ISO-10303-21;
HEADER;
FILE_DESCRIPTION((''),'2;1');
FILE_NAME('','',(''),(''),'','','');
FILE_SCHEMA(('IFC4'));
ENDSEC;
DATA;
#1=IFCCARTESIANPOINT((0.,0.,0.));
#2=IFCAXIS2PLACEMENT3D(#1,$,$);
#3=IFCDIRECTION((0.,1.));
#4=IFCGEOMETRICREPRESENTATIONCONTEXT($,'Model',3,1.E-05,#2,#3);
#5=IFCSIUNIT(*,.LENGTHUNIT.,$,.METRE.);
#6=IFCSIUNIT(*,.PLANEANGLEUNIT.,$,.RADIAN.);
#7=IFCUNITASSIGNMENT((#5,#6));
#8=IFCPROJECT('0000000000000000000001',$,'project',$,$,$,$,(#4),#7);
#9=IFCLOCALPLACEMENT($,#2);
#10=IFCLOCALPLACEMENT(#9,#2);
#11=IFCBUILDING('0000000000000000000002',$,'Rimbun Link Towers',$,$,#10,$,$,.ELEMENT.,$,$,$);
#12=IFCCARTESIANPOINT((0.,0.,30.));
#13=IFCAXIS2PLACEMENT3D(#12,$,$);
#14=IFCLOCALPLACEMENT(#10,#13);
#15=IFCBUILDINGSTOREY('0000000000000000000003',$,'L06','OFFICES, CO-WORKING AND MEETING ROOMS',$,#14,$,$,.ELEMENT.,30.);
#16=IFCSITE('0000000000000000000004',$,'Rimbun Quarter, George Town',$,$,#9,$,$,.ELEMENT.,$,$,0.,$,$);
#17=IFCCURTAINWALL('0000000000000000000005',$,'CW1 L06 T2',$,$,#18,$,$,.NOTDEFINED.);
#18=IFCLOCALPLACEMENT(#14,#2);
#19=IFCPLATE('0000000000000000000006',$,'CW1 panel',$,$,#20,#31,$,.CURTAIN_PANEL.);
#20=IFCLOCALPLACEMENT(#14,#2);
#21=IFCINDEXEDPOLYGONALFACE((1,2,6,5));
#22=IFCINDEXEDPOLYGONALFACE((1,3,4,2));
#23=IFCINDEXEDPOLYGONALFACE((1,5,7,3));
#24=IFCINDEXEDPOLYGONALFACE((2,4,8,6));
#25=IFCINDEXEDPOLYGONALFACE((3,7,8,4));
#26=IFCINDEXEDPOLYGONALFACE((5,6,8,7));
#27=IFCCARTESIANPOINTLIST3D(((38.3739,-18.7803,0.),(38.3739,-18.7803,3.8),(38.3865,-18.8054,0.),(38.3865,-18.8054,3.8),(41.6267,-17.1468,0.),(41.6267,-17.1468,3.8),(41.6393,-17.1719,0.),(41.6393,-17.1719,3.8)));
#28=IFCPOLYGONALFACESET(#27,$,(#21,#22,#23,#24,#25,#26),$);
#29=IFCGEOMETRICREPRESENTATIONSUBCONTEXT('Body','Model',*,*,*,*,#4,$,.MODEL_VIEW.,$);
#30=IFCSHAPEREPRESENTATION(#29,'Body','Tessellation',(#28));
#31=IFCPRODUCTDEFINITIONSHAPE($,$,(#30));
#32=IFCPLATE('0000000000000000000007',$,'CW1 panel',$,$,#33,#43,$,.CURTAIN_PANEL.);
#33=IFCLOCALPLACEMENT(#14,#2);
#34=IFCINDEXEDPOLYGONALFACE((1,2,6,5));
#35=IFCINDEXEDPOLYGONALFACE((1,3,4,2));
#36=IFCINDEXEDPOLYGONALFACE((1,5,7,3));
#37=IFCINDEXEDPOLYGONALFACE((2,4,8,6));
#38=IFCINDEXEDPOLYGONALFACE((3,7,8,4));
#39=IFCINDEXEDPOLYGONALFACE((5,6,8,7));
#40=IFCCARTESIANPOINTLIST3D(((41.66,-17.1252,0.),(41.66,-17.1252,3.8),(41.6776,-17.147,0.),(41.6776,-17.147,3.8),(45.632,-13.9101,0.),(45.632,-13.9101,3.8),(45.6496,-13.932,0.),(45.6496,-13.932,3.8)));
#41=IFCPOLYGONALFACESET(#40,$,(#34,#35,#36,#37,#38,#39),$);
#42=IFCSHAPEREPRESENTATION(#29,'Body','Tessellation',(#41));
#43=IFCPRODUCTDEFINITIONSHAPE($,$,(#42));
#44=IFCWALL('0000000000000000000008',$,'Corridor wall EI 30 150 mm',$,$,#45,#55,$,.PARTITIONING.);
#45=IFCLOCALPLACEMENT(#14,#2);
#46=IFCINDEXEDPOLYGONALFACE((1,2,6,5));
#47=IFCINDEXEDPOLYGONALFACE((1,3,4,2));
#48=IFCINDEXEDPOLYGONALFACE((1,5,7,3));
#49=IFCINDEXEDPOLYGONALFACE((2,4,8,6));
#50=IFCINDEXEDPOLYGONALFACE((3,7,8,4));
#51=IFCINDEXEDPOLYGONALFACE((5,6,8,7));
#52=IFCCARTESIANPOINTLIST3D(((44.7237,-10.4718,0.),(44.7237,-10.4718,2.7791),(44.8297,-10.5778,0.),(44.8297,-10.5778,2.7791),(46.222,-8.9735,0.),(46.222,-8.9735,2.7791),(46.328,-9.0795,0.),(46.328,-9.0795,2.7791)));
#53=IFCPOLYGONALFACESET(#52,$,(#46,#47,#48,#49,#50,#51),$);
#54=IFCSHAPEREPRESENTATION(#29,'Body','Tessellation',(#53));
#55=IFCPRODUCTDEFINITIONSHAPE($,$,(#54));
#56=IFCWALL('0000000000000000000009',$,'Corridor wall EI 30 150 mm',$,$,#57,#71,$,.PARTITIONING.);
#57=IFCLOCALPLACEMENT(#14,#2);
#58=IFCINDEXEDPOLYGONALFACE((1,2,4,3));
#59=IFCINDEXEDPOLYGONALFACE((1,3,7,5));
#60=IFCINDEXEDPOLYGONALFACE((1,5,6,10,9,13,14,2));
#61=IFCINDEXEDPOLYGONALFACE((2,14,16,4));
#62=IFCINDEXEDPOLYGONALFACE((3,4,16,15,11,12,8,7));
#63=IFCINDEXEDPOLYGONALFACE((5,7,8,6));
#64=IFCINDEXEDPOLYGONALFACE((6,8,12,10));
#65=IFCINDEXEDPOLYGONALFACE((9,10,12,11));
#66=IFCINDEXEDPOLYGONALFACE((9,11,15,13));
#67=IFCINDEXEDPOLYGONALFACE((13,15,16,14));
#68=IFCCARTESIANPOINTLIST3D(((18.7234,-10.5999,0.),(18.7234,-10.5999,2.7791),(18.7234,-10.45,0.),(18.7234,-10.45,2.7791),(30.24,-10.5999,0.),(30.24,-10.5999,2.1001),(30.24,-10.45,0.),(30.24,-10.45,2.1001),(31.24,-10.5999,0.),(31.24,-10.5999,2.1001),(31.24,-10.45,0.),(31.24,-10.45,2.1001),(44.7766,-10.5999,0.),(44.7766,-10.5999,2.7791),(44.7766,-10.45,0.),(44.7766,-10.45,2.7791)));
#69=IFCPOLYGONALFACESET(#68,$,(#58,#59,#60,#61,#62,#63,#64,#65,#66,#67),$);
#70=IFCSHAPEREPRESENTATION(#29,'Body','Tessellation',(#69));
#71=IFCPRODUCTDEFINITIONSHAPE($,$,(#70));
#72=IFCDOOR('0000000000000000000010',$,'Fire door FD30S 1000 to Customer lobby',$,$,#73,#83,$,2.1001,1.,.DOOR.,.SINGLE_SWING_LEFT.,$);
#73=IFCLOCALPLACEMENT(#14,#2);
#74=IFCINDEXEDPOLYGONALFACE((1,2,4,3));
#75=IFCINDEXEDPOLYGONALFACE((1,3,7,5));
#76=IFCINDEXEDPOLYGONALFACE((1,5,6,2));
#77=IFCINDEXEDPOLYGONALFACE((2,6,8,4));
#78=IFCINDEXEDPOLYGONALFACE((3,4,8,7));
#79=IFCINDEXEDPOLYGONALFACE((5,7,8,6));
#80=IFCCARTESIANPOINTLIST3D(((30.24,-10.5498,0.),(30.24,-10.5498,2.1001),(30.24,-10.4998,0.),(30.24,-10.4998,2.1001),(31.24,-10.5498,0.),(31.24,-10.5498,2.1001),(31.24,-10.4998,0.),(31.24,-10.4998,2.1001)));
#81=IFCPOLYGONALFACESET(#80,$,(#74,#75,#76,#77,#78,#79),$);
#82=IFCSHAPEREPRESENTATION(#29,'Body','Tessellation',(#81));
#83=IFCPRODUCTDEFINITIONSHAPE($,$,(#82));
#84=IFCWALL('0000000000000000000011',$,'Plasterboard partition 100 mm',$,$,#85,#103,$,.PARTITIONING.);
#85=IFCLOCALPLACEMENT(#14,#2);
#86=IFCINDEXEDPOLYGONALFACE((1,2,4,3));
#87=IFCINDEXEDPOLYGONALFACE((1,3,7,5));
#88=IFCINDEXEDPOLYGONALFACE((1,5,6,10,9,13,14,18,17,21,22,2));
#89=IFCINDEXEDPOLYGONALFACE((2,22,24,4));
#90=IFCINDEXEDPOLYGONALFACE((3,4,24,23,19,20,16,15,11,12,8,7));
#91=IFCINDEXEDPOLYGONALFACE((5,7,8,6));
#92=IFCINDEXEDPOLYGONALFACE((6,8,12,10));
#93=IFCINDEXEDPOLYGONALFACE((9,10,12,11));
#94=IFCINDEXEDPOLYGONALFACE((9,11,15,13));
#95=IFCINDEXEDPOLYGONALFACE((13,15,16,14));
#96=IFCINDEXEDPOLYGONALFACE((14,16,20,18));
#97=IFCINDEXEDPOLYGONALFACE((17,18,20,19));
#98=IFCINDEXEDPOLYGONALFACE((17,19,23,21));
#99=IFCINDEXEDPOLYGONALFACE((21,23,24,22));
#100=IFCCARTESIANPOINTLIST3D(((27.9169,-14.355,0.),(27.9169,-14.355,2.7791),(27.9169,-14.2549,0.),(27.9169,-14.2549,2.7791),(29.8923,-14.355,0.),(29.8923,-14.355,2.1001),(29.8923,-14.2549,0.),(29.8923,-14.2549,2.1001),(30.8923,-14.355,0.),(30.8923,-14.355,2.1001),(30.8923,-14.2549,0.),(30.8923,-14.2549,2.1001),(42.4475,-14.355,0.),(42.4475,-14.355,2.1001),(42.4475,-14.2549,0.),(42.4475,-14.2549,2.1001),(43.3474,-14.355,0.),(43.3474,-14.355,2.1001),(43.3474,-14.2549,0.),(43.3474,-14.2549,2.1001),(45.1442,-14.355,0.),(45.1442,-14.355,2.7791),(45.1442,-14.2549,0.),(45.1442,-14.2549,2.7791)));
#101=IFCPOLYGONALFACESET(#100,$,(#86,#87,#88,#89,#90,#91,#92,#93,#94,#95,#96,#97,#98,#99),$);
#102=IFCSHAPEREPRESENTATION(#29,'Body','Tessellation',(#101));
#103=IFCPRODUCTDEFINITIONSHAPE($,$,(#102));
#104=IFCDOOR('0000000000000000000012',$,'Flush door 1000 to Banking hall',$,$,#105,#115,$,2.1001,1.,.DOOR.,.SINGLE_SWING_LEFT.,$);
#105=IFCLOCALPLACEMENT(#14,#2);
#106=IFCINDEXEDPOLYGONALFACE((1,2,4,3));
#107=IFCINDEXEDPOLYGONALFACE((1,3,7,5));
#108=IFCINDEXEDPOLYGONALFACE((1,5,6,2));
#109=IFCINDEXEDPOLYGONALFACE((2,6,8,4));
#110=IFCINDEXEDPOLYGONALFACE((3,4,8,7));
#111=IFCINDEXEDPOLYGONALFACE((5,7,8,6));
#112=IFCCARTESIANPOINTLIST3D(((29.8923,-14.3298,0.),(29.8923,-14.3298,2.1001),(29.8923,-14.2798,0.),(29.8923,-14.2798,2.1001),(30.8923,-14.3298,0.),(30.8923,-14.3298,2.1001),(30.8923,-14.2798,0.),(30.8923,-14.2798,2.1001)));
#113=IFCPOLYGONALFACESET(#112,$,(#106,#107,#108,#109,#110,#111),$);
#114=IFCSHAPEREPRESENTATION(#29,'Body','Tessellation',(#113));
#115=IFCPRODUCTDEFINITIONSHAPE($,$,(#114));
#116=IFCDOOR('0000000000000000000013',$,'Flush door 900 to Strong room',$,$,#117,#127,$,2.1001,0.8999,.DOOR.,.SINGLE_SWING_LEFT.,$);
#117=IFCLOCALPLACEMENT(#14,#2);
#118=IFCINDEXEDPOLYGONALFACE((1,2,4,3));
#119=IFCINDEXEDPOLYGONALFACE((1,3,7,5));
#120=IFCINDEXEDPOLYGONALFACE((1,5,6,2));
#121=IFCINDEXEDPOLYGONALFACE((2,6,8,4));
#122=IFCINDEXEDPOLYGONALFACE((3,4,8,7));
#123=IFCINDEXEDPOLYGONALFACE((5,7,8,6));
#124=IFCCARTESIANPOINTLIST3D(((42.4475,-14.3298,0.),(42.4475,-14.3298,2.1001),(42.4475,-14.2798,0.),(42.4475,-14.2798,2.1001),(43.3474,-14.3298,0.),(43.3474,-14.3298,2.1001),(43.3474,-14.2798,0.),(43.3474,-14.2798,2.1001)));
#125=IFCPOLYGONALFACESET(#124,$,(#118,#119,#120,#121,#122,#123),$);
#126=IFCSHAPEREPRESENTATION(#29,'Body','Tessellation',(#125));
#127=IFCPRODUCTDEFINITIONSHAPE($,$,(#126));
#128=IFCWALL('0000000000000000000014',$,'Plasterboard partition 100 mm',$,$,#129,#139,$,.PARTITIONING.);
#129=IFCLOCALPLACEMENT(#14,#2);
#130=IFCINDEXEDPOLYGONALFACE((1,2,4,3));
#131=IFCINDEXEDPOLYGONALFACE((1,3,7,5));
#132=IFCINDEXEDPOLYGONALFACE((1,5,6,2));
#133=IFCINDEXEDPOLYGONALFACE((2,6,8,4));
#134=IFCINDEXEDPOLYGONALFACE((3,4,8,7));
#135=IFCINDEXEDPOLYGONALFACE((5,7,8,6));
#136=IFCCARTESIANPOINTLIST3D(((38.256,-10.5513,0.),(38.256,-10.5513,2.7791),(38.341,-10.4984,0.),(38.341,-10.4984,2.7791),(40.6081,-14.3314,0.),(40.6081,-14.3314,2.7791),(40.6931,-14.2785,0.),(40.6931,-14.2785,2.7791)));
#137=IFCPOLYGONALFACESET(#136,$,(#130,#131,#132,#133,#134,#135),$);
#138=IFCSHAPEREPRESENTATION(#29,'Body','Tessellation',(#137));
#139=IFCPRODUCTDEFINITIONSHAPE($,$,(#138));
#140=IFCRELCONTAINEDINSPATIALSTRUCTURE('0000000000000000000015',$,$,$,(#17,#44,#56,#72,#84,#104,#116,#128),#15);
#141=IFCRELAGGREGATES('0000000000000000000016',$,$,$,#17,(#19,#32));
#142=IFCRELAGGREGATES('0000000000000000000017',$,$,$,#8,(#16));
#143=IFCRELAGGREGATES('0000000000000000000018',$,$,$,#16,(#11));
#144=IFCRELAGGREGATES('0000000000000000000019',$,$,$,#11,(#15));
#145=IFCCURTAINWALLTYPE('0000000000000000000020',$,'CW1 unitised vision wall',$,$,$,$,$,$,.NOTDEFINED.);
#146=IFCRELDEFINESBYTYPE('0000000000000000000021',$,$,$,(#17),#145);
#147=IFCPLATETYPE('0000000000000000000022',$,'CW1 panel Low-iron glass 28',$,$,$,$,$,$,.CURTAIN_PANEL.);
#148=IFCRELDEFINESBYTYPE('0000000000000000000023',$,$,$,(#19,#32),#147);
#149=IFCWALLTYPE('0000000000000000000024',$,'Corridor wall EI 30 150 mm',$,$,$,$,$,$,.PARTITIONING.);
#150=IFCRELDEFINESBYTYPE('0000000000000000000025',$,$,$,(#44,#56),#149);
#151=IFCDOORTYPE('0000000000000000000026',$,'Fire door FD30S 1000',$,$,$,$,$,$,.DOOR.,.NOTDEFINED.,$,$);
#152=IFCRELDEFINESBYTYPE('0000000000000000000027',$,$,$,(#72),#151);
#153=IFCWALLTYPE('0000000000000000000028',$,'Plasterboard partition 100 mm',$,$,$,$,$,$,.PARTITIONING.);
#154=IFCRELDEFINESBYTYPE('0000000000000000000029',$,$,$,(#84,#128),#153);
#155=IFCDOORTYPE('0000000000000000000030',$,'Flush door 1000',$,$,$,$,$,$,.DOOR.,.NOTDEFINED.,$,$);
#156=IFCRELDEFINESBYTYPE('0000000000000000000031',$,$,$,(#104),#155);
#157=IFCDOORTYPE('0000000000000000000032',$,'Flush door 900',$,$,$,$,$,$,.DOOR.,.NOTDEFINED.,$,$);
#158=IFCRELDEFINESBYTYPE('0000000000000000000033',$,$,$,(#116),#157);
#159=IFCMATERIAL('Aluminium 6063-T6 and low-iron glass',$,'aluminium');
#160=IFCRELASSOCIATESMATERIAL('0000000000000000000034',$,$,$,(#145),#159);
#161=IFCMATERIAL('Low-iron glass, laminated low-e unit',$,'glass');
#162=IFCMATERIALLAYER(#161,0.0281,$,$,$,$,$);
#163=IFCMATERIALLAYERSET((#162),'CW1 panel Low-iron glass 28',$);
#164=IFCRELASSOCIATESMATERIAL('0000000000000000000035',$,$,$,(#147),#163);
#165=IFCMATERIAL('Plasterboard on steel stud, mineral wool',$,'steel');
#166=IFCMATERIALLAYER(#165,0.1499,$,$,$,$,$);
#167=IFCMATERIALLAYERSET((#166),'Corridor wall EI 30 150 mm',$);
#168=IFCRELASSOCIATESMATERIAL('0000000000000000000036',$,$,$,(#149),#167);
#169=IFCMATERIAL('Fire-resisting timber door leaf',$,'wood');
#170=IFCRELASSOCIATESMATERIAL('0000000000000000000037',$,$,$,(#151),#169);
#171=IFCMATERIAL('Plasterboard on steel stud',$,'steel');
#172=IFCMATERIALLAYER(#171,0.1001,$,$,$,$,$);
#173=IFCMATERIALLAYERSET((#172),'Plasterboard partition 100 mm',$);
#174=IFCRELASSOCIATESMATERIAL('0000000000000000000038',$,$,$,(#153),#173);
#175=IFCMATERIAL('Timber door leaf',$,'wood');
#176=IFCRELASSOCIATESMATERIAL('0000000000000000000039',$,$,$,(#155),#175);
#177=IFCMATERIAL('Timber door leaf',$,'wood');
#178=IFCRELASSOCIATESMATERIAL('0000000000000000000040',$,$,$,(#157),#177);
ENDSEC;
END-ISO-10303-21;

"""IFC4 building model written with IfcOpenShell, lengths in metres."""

from ifc_helpers import new_model, si_unit, direction, frame, frame_2d, origin, origin_2d, place, context, subcontext, project, spatial, rectangle, extrude, material, layer, layer_set, type_object, element, fill, aggregate, save


model = new_model("IFC4")

# Units and contexts
model_context = context("Model", 3, precision=1e-05, world=origin(), true_north=direction((0.0, 1.0)))
body_context = subcontext(model_context, "Body", "Model", "MODEL_VIEW")
ifc_project = project(units=[si_unit("LENGTHUNIT", "METRE"), si_unit("PLANEANGLEUNIT", "RADIAN")], contexts=[model_context])

# Site, building, storey
site_placement = place(None, origin())
site = spatial("IfcSite", under=ifc_project, at=site_placement, Name="Rimbun Quarter, George Town", CompositionType="ELEMENT", RefElevation=0.0)
building_placement = place(site_placement, origin())
building = spatial("IfcBuilding", under=site, at=building_placement, Name="Rimbun Link Towers", CompositionType="ELEMENT")
storey_placement = place(building_placement, frame((0.0, 0.0, 30.0)))
storey = spatial("IfcBuildingStorey", under=building, at=storey_placement, Name="L06", Description="OFFICES, CO-WORKING AND MEETING ROOMS", CompositionType="ELEMENT", Elevation=30.0)

# Curtain wall
ifc_material_1 = material(Name="Aluminium 6063-T6 and low-iron glass", Category="aluminium")
curtain_wall_type = type_object("IfcCurtainWallType", Name="CW1 unitised vision wall", PredefinedType="NOTDEFINED", material=ifc_material_1)
curtain_wall_placement = place(storey_placement, origin())
curtain_wall = element("IfcCurtainWall", 1, at=curtain_wall_placement, inside=storey, type_object=curtain_wall_type, Name="CW1 L06 T2", PredefinedType="NOTDEFINED")

# Plates
ifc_material_2 = material(Name="Low-iron glass, laminated low-e unit", Category="glass")
ifc_layer_1 = layer(ifc_material_2, 0.0281)
ifc_layer_set_1 = layer_set([ifc_layer_1], Name="CW1 panel Low-iron glass 28")
plate_type = type_object("IfcPlateType", Name="CW1 panel Low-iron glass 28", PredefinedType="CURTAIN_PANEL", material=ifc_layer_set_1)
plate_1_placement = place(storey_placement, frame((40.0066, -17.9761, 0.0), z_axis=(0.0, 0.0, 1.0), x_axis=(-0.893646, -0.448773, 0.0)))
plate_1 = element("IfcPlate", 2, at=plate_1_placement, type_object=plate_type, Name="CW1 panel", PredefinedType="CURTAIN_PANEL", context=body_context, shape_type="SweptSolid", body=[
    extrude(rectangle(XDim=3.6399, YDim=0.0281, at=origin_2d()), origin(), (0.0, 0.0, 1.0), 3.8),
])
plate_2_placement = place(storey_placement, frame((43.6548, -15.5286, 0.0), z_axis=(0.0, 0.0, 1.0), x_axis=(-0.777283, -0.629151, 0.0)))
plate_2 = element("IfcPlate", 3, at=plate_2_placement, type_object=plate_type, Name="CW1 panel", PredefinedType="CURTAIN_PANEL", context=body_context, shape_type="SweptSolid", body=[
    extrude(rectangle(XDim=5.1101, YDim=0.0281, at=origin_2d()), origin(), (0.0, 0.0, 1.0), 3.8),
])
aggregate(curtain_wall, [plate_1, plate_2])

# Wall
ifc_material_3 = material(Name="Plasterboard on steel stud, mineral wool", Category="steel")
ifc_layer_2 = layer(ifc_material_3, 0.1499)
ifc_layer_set_2 = layer_set([ifc_layer_2], Name="Corridor wall EI 30 150 mm")
wall_type_1 = type_object("IfcWallType", Name="Corridor wall EI 30 150 mm", PredefinedType="PARTITIONING", material=ifc_layer_set_2)
wall_1_placement = place(storey_placement, frame((44.7766, -10.5249, 0.0), z_axis=(0.0, 0.0, 1.0), x_axis=(0.707107, 0.707107, 0.0)))
element("IfcWall", 4, at=wall_1_placement, inside=storey, type_object=wall_type_1, Name="Corridor wall EI 30 150 mm", PredefinedType="PARTITIONING", context=body_context, shape_type="SweptSolid", body=[
    extrude(rectangle(XDim=2.1189, YDim=0.1499, at=frame_2d((1.0596, 0.0))), origin(), (0.0, 0.0, 1.0), 2.7791),
])

# Wall, opening, door
wall_2_placement = place(storey_placement, frame((44.7766, -10.5249, 0.0), z_axis=(0.0, 0.0, 1.0), x_axis=(-1.0, 0.0, 0.0)))
wall_2 = element("IfcWall", 5, at=wall_2_placement, inside=storey, type_object=wall_type_1, Name="Corridor wall EI 30 150 mm", PredefinedType="PARTITIONING", context=body_context, shape_type="SweptSolid", body=[
    extrude(rectangle(XDim=26.0532, YDim=0.1499, at=frame_2d((13.0266, 0.0))), origin(), (0.0, 0.0, 1.0), 2.7791),
])
opening_1_placement = place(wall_2_placement, frame((13.5366, 0.0, 0.0)))
opening_1 = element("IfcOpeningElement", 6, at=opening_1_placement, cuts=wall_2, PredefinedType="OPENING", context=body_context, shape_type="SweptSolid", body=[
    extrude(rectangle(XDim=1.0, YDim=2.1001, at=frame_2d((0.5, 1.05))), frame((0.0, 0.085, 0.0), z_axis=(0.0, -1.0, 0.0), x_axis=(1.0, 0.0, 0.0)), (0.0, 0.0, 1.0), 0.1699),
])
ifc_material_4 = material(Name="Fire-resisting timber door leaf", Category="wood")
door_type_1 = type_object("IfcDoorType", Name="Fire door FD30S 1000", OperationType="NOTDEFINED", PredefinedType="DOOR", material=ifc_material_4)
door_1_placement = place(opening_1_placement, origin())
door_1 = element("IfcDoor", 7, at=door_1_placement, inside=storey, type_object=door_type_1, Name="Fire door FD30S 1000 to Customer lobby", OperationType="SINGLE_SWING_LEFT", OverallHeight=2.1001, OverallWidth=1.0, PredefinedType="DOOR", context=body_context, shape_type="SweptSolid", body=[
    extrude(rectangle(XDim=1.0, YDim=2.1001, at=frame_2d((0.5, 1.05))), frame((0.0, 0.0249, 0.0), z_axis=(0.0, -1.0, 0.0), x_axis=(1.0, 0.0, 0.0)), (0.0, 0.0, 1.0), 0.05),
])
fill(opening_1, door_1)

# Wall, openings, doors
ifc_material_5 = material(Name="Plasterboard on steel stud", Category="steel")
ifc_layer_3 = layer(ifc_material_5, 0.1001)
ifc_layer_set_3 = layer_set([ifc_layer_3], Name="Plasterboard partition 100 mm")
wall_type_2 = type_object("IfcWallType", Name="Plasterboard partition 100 mm", PredefinedType="PARTITIONING", material=ifc_layer_set_3)
wall_3_placement = place(storey_placement, frame((45.1443, -14.3049, 0.0), z_axis=(0.0, 0.0, 1.0), x_axis=(-1.0, 0.0, 0.0)))
wall_3 = element("IfcWall", 8, at=wall_3_placement, inside=storey, type_object=wall_type_2, Name="Plasterboard partition 100 mm", PredefinedType="PARTITIONING", context=body_context, shape_type="SweptSolid", body=[
    extrude(rectangle(XDim=17.2273, YDim=0.1001, at=frame_2d((8.6138, 0.0))), origin(), (0.0, 0.0, 1.0), 2.7791),
])
opening_2_placement = place(wall_3_placement, frame((14.252, 0.0, 0.0)))
opening_2 = element("IfcOpeningElement", 9, at=opening_2_placement, cuts=wall_3, PredefinedType="OPENING", context=body_context, shape_type="SweptSolid", body=[
    extrude(rectangle(XDim=1.0, YDim=2.1001, at=frame_2d((0.5, 1.05))), frame((0.0, 0.0601, 0.0), z_axis=(0.0, -1.0, 0.0), x_axis=(1.0, 0.0, 0.0)), (0.0, 0.0, 1.0), 0.1201),
])
opening_3_placement = place(wall_3_placement, frame((1.7969, 0.0, 0.0)))
opening_3 = element("IfcOpeningElement", 10, at=opening_3_placement, cuts=wall_3, PredefinedType="OPENING", context=body_context, shape_type="SweptSolid", body=[
    extrude(rectangle(XDim=0.8999, YDim=2.1001, at=frame_2d((0.45, 1.05))), frame((0.0, 0.0601, 0.0), z_axis=(0.0, -1.0, 0.0), x_axis=(1.0, 0.0, 0.0)), (0.0, 0.0, 1.0), 0.1201),
])
ifc_material_6 = material(Name="Timber door leaf", Category="wood")
door_type_2 = type_object("IfcDoorType", Name="Flush door 1000", OperationType="NOTDEFINED", PredefinedType="DOOR", material=ifc_material_6)
door_2_placement = place(opening_2_placement, origin())
door_2 = element("IfcDoor", 11, at=door_2_placement, inside=storey, type_object=door_type_2, Name="Flush door 1000 to Banking hall", OperationType="SINGLE_SWING_LEFT", OverallHeight=2.1001, OverallWidth=1.0, PredefinedType="DOOR", context=body_context, shape_type="SweptSolid", body=[
    extrude(rectangle(XDim=1.0, YDim=2.1001, at=frame_2d((0.5, 1.05))), frame((0.0, 0.0249, 0.0), z_axis=(0.0, -1.0, 0.0), x_axis=(1.0, 0.0, 0.0)), (0.0, 0.0, 1.0), 0.05),
])
fill(opening_2, door_2)
ifc_material_7 = material(Name="Timber door leaf", Category="wood")
door_type_3 = type_object("IfcDoorType", Name="Flush door 900", OperationType="NOTDEFINED", PredefinedType="DOOR", material=ifc_material_7)
door_3_placement = place(opening_3_placement, origin())
door_3 = element("IfcDoor", 12, at=door_3_placement, inside=storey, type_object=door_type_3, Name="Flush door 900 to Strong room", OperationType="SINGLE_SWING_LEFT", OverallHeight=2.1001, OverallWidth=0.8999, PredefinedType="DOOR", context=body_context, shape_type="SweptSolid", body=[
    extrude(rectangle(XDim=0.8999, YDim=2.1001, at=frame_2d((0.45, 1.05))), frame((0.0, 0.0249, 0.0), z_axis=(0.0, -1.0, 0.0), x_axis=(1.0, 0.0, 0.0)), (0.0, 0.0, 1.0), 0.05),
])
fill(opening_3, door_3)

# Wall
wall_4_placement = place(storey_placement, frame((40.6506, -14.3049, 0.0), z_axis=(0.0, 0.0, 1.0), x_axis=(-0.528307, 0.849053, 0.0)))
element("IfcWall", 13, at=wall_4_placement, inside=storey, type_object=wall_type_2, Name="Plasterboard partition 100 mm", PredefinedType="PARTITIONING", context=body_context, shape_type="SweptSolid", body=[
    extrude(rectangle(XDim=4.4521, YDim=0.1001, at=frame_2d((2.2261, 0.0))), origin(), (0.0, 0.0, 1.0), 2.7791),
])

save(model, "model.ifc")
